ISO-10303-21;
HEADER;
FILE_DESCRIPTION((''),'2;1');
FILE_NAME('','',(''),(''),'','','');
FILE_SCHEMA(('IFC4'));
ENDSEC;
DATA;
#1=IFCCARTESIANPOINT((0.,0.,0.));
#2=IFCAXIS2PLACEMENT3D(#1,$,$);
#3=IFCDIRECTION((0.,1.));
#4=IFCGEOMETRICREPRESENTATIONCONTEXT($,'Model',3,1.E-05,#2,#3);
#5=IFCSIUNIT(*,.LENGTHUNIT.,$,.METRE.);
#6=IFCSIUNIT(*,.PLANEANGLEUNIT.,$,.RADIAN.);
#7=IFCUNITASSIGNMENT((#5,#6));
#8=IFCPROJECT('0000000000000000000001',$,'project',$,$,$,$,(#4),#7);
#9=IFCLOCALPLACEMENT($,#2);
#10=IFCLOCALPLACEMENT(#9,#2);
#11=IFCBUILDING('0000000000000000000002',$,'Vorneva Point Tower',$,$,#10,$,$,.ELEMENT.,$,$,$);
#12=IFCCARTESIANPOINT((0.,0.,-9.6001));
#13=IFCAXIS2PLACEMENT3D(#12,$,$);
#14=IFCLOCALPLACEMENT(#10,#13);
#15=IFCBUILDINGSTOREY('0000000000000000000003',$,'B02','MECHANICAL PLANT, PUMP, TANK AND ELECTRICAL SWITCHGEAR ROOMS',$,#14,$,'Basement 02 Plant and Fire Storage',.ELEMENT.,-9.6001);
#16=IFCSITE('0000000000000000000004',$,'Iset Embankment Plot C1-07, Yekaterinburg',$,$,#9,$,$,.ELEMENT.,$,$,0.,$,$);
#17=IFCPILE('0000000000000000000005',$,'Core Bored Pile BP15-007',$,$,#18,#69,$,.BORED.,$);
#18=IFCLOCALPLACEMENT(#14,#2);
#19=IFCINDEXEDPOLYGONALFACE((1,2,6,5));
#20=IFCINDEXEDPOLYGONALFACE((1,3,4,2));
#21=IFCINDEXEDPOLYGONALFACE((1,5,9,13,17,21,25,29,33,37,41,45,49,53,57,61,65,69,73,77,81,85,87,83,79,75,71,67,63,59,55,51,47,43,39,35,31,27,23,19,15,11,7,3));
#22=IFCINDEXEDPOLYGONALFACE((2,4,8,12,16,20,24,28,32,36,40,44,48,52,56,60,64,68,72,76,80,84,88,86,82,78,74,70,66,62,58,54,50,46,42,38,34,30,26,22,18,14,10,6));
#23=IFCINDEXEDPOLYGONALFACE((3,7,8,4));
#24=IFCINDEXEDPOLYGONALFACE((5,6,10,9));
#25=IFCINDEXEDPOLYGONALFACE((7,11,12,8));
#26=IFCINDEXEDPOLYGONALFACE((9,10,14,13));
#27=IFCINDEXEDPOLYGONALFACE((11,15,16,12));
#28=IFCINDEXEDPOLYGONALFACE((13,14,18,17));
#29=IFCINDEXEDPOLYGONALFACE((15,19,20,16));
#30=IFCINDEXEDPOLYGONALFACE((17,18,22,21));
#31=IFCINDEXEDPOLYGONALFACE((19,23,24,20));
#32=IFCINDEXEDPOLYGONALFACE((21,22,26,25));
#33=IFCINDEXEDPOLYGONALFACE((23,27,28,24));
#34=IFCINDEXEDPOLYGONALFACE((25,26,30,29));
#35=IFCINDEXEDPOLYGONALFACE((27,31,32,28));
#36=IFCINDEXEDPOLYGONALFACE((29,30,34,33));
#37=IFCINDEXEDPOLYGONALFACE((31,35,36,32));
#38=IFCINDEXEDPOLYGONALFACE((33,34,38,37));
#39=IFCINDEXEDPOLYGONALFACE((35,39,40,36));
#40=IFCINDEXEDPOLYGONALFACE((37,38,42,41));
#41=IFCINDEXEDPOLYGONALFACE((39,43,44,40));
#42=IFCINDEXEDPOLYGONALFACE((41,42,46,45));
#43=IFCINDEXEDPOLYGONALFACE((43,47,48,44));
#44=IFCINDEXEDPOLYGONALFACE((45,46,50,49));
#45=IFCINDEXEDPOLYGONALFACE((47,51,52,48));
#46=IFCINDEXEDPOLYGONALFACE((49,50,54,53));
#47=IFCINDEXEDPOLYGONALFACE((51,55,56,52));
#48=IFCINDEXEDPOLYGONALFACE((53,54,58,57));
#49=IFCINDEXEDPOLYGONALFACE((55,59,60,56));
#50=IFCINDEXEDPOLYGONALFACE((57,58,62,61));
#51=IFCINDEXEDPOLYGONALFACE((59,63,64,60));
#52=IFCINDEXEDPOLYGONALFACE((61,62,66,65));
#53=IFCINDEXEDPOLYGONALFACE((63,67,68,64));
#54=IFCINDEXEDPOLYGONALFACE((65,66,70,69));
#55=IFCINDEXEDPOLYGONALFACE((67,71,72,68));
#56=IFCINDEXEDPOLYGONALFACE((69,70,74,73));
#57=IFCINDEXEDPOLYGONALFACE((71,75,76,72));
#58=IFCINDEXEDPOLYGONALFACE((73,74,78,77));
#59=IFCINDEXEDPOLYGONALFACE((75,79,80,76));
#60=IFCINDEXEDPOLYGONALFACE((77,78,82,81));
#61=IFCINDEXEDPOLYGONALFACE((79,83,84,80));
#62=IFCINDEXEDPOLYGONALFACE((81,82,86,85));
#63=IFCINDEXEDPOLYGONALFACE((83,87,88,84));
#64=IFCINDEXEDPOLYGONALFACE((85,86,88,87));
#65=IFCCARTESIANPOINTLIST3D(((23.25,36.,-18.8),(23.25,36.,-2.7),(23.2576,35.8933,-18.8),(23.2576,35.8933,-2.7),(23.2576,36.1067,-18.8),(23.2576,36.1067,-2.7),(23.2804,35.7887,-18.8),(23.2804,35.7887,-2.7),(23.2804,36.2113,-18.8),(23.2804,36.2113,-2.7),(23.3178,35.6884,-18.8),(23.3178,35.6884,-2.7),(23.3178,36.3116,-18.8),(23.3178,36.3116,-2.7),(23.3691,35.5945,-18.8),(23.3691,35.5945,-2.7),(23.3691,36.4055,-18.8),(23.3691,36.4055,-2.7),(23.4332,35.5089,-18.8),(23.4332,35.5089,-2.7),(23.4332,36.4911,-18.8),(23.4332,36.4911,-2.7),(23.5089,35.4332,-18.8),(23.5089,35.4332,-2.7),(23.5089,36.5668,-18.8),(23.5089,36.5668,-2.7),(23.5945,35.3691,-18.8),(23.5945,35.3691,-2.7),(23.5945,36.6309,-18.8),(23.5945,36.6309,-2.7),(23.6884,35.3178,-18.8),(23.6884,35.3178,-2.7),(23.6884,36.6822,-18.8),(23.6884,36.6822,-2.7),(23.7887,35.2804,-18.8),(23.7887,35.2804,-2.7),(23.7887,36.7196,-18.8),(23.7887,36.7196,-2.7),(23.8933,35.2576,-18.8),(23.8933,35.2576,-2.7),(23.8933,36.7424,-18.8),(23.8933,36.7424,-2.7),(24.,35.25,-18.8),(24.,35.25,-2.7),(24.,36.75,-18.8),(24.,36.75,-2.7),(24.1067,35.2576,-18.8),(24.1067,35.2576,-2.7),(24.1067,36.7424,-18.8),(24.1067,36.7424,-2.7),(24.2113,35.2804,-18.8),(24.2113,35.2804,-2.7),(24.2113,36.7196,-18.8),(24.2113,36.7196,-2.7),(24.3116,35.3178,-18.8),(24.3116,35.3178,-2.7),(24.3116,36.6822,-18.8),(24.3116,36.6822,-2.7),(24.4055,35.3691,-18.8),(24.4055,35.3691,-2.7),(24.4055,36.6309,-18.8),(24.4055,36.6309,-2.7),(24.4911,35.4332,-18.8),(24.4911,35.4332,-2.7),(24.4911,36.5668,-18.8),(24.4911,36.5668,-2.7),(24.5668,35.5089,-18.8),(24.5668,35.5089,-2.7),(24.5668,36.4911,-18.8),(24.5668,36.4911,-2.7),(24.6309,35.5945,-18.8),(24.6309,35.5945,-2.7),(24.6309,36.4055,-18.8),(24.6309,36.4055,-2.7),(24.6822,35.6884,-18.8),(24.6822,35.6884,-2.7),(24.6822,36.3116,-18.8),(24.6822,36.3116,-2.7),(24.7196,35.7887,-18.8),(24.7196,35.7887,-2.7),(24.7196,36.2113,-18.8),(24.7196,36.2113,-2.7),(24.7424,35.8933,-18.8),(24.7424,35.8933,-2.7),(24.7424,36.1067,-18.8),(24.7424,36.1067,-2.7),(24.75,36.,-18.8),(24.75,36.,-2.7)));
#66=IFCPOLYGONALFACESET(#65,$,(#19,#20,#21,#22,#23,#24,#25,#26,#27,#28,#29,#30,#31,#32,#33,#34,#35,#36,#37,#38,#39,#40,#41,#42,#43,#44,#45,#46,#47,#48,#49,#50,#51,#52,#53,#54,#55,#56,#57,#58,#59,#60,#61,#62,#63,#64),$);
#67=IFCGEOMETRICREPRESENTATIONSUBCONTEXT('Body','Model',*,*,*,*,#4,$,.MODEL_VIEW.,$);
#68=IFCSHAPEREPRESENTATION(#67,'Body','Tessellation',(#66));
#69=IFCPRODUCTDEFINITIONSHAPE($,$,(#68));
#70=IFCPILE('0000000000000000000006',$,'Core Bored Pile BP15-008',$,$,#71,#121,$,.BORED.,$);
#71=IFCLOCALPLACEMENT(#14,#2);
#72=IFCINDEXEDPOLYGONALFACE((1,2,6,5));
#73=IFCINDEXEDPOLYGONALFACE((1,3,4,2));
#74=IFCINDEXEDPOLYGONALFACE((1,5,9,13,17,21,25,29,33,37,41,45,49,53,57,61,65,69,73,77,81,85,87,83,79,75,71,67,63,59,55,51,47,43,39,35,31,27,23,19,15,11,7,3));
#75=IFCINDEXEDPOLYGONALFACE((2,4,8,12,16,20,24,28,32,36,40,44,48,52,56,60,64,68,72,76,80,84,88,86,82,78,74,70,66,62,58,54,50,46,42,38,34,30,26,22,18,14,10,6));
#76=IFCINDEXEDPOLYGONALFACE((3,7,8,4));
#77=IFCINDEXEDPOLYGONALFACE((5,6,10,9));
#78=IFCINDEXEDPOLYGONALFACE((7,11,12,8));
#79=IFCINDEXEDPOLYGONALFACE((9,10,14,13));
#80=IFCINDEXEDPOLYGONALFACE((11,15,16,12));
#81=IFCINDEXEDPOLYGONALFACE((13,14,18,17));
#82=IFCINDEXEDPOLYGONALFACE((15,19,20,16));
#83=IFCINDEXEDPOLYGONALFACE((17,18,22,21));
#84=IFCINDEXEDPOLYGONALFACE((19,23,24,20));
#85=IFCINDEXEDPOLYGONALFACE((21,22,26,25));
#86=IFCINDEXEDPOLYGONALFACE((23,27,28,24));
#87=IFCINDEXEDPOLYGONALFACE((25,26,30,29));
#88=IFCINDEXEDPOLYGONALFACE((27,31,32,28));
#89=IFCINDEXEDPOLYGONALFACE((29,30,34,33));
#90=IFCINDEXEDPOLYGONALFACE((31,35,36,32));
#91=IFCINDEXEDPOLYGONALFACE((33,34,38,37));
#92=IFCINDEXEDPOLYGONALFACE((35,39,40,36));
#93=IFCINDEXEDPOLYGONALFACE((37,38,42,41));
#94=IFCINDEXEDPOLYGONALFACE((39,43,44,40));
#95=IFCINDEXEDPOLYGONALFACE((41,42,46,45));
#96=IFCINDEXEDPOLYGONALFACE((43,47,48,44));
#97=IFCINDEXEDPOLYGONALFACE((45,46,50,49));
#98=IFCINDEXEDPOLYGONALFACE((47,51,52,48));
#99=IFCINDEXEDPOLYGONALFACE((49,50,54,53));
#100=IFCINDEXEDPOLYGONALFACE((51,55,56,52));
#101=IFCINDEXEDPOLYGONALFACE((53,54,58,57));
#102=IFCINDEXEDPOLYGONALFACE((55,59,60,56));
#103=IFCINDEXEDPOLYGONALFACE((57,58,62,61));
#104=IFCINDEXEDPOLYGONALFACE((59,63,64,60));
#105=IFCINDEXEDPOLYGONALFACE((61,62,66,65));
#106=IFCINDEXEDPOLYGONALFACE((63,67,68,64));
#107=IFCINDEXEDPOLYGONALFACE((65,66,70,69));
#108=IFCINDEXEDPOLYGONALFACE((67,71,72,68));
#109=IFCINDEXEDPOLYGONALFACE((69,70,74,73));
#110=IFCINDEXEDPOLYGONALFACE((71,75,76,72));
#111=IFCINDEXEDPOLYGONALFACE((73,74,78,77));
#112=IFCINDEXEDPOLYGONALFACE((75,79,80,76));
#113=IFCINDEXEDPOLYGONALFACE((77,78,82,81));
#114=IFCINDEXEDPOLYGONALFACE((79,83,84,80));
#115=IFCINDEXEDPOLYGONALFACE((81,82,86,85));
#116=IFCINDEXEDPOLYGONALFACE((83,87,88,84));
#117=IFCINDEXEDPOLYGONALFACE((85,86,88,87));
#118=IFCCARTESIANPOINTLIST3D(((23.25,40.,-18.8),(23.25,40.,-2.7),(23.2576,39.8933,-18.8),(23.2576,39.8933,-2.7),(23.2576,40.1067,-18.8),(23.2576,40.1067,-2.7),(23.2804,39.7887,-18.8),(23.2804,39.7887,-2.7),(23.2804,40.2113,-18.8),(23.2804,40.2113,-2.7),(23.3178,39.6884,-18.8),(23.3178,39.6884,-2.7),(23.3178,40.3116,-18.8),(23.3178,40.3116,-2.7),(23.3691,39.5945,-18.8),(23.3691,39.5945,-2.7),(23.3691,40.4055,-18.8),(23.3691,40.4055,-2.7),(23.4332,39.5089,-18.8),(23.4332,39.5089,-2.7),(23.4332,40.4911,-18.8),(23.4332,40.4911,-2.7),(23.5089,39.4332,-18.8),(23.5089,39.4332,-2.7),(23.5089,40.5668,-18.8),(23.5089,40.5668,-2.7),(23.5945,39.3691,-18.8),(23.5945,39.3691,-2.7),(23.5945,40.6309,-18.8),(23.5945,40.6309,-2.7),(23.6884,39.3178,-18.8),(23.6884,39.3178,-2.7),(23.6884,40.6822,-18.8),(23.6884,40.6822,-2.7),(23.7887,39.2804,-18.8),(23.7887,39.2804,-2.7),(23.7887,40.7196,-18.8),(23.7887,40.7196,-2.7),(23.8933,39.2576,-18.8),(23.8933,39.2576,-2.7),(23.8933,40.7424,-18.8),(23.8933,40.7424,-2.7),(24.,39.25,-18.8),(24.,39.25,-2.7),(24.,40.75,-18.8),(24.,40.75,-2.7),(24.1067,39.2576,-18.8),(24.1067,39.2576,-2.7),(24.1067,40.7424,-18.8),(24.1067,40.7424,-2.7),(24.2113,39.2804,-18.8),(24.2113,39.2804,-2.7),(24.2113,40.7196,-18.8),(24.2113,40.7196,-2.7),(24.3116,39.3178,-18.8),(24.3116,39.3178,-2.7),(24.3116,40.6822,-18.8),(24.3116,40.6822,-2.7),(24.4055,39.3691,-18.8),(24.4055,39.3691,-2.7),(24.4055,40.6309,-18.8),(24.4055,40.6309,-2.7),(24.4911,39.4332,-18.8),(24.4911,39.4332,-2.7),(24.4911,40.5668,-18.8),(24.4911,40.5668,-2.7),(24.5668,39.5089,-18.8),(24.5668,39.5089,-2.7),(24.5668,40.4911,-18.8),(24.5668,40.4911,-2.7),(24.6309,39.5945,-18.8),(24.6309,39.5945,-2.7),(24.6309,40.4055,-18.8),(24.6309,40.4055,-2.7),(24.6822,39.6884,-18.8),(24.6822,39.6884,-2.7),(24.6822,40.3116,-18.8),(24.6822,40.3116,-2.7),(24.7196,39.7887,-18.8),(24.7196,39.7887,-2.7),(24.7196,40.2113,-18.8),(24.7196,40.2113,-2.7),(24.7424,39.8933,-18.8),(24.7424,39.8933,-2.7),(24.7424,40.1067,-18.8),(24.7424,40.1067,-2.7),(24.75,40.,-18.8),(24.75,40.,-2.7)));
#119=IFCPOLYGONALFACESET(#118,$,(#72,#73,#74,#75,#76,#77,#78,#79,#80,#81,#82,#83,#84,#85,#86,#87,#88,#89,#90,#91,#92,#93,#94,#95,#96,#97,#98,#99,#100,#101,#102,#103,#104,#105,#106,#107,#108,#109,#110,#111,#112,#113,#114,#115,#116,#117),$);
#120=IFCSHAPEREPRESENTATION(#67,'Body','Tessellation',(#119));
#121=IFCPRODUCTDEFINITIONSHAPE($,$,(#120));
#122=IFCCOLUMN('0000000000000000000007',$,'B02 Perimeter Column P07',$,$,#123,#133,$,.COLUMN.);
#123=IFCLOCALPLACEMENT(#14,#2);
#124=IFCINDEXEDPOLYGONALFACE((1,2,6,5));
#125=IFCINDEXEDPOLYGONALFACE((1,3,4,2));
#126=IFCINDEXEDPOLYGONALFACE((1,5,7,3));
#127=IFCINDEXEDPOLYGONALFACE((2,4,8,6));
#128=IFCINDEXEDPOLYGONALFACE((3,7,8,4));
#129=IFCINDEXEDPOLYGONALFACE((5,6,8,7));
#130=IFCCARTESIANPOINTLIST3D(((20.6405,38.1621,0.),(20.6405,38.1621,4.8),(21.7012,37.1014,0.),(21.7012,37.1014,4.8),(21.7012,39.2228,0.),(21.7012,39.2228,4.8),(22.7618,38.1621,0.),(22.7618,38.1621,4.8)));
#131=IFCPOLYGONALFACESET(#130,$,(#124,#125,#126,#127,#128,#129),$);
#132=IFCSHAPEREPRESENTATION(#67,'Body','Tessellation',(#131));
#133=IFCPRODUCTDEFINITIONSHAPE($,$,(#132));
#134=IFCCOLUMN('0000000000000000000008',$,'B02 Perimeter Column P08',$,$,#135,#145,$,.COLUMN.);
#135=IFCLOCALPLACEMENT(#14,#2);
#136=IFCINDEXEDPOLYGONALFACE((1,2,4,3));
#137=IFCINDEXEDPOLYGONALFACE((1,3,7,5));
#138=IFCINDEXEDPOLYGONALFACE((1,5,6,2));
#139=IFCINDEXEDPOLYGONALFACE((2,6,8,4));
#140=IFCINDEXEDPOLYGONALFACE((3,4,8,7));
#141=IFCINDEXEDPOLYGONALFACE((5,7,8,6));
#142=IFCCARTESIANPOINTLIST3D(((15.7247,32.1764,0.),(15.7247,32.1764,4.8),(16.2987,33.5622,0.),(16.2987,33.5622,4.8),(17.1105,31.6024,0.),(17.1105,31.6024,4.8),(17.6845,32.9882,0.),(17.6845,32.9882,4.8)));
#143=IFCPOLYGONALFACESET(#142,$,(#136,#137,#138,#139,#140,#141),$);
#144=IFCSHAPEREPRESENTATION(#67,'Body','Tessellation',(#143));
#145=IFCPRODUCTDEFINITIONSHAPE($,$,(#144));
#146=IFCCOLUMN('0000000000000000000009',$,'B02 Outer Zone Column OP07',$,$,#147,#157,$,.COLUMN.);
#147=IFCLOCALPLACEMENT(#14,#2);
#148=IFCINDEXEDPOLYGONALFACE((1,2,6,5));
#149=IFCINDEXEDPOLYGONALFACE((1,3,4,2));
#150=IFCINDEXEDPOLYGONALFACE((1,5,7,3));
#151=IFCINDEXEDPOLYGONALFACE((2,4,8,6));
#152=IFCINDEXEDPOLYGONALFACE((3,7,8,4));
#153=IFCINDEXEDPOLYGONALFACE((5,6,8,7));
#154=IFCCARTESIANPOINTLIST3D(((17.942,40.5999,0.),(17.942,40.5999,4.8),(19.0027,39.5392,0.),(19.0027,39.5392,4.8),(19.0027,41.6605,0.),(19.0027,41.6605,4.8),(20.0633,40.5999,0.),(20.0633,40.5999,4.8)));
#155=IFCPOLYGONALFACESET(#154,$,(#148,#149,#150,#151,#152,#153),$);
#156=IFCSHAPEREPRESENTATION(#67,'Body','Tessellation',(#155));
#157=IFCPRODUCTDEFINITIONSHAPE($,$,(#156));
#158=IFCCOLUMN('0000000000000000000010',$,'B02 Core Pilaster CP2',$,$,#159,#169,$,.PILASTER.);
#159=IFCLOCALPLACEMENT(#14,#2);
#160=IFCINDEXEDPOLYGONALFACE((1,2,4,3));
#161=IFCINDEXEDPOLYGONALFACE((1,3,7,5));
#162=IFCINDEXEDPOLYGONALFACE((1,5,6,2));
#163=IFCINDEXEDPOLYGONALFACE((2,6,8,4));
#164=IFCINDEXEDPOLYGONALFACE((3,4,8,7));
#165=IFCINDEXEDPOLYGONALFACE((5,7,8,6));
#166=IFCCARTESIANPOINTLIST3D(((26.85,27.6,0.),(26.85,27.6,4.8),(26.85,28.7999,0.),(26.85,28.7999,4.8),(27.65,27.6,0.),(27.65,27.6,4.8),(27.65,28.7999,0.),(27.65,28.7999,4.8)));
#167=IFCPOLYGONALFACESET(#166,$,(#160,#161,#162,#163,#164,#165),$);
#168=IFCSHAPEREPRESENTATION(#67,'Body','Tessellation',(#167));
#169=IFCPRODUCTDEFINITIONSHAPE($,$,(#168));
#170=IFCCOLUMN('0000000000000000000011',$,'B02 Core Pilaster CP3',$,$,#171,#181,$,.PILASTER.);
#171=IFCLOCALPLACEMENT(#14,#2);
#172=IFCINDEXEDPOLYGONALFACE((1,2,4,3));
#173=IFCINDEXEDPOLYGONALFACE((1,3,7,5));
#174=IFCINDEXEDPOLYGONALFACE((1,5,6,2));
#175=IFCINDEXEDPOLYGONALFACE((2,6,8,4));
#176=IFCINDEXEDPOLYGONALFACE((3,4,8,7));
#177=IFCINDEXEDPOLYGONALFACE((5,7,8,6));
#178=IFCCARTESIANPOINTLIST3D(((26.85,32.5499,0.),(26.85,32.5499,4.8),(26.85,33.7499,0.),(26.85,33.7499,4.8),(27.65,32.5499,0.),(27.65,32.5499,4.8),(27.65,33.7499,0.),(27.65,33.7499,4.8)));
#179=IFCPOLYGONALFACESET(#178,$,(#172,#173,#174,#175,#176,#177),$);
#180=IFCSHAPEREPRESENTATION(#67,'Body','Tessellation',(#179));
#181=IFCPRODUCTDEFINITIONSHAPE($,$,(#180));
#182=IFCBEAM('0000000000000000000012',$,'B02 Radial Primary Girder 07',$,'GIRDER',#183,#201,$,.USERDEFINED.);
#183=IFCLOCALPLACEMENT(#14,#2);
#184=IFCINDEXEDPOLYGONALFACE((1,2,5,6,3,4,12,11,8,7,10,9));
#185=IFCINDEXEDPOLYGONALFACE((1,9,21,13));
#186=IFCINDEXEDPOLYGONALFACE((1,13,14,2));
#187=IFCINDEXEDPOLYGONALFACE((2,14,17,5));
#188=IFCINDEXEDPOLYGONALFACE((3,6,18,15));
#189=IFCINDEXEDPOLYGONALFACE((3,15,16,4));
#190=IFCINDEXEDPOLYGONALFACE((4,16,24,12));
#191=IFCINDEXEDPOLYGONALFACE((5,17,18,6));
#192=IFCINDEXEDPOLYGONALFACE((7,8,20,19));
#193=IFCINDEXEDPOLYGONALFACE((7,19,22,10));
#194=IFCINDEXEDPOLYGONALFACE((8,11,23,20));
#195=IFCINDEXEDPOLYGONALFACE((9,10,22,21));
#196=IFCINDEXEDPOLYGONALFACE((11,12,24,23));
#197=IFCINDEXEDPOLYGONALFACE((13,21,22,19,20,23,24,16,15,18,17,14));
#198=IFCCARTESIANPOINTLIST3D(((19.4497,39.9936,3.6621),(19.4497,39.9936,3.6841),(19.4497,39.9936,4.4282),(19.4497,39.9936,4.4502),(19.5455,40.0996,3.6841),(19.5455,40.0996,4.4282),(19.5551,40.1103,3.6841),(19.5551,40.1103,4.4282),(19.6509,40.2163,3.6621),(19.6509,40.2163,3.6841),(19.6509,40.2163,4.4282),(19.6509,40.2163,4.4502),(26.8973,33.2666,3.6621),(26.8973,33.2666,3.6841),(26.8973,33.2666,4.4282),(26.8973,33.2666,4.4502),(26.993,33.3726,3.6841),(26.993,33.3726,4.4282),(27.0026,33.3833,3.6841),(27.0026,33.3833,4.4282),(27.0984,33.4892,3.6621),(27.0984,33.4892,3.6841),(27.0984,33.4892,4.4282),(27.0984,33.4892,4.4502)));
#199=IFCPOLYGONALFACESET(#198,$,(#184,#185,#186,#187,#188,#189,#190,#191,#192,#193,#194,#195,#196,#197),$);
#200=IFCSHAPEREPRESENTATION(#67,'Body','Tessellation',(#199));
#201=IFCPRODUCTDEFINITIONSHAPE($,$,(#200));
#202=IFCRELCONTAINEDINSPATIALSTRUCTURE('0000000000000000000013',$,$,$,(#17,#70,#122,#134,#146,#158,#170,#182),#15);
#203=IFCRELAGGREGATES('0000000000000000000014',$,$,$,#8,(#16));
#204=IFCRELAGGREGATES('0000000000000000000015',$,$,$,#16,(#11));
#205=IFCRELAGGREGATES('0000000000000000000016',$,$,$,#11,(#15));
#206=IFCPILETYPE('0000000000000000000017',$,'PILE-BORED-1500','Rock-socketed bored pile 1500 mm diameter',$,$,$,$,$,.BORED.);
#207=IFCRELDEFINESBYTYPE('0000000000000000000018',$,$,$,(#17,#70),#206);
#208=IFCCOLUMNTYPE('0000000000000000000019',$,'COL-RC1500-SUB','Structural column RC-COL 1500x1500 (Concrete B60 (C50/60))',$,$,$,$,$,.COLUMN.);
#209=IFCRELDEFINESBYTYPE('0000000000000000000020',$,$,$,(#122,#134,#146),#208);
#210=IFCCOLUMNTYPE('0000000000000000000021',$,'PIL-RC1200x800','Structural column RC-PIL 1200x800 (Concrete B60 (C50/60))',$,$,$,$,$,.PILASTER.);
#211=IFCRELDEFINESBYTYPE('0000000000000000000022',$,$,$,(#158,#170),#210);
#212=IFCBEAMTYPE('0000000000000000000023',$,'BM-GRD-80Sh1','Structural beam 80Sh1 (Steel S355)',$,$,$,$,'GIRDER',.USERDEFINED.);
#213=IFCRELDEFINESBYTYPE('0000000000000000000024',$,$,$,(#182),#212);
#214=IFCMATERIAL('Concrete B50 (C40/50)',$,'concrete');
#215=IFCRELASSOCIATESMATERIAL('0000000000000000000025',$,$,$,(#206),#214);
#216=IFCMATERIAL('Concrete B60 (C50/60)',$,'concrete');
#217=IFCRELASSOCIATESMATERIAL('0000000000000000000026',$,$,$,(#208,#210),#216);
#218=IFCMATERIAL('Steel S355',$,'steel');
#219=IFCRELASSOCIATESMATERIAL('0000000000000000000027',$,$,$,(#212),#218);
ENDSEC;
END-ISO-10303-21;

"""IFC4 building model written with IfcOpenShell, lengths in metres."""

from ifc_helpers import new_model, si_unit, direction, frame, origin, origin_2d, place, context, subcontext, project, spatial, rectangle, circle, i_section, extrude, material, material_profile, profile_set, type_object, element, save


model = new_model("IFC4")

# Units and contexts
model_context = context("Model", 3, precision=1e-05, world=origin(), true_north=direction((0.0, 1.0)))
body_context = subcontext(model_context, "Body", "Model", "MODEL_VIEW")
ifc_project = project(units=[si_unit("LENGTHUNIT", "METRE"), si_unit("PLANEANGLEUNIT", "RADIAN")], contexts=[model_context])

# Site, building, storey
site_placement = place(None, origin())
site = spatial("IfcSite", under=ifc_project, at=site_placement, Name="Iset Embankment Plot C1-07, Yekaterinburg", CompositionType="ELEMENT", RefElevation=0.0)
building_placement = place(site_placement, origin())
building = spatial("IfcBuilding", under=site, at=building_placement, Name="Vorneva Point Tower", CompositionType="ELEMENT")
storey_placement = place(building_placement, frame((0.0, 0.0, -9.6001)))
storey = spatial("IfcBuildingStorey", under=building, at=storey_placement, Name="B02", Description="MECHANICAL PLANT, PUMP, TANK AND ELECTRICAL SWITCHGEAR ROOMS", LongName="Basement 02 Plant and Fire Storage", CompositionType="ELEMENT", Elevation=-9.6001)

# Piles
ifc_material_1 = material(Name="Concrete B50 (C40/50)", Category="concrete")
ifc_material_profile_1 = material_profile(ifc_material_1, circle(Radius=0.75, at=origin_2d()), Name="PILE-1500")
ifc_profile_set_1 = profile_set([ifc_material_profile_1], Name="Concrete B50 (C40/50)")
pile_type_1 = type_object("IfcPileType", Name="PILE-BORED-1500", Description="Rock-socketed bored pile 1500 mm diameter", PredefinedType="BORED", material=ifc_profile_set_1)
for number, where, z_axis, x_axis, name in (
    (1, (24.0, 36.0, -2.7), (0.0, 0.0, -1.0), (1.0, 0.0, 0.0), "Core Bored Pile BP15-007"),
    (2, (24.0, 40.0, -2.7), (0.0, 0.0, -1.0), (1.0, 0.0, 0.0), "Core Bored Pile BP15-008"),
):
    element("IfcPile", number, at=place(storey_placement, frame(where, z_axis=z_axis, x_axis=x_axis)), inside=storey, type_object=pile_type_1, Name=name, PredefinedType="BORED", context=body_context, shape_type="SweptSolid", body=[
        extrude(circle(Radius=0.75, at=origin_2d()), origin(), (0.0, 0.0, 1.0), 16.1001),
    ])

# Columns
ifc_material_2 = material(Name="Concrete B60 (C50/60)", Category="concrete")
ifc_material_profile_2 = material_profile(ifc_material_2, rectangle(XDim=1.5, YDim=1.5, at=origin_2d()), Name="RC-COL 1500x1500")
ifc_profile_set_2 = profile_set([ifc_material_profile_2], Name="Concrete B60 (C50/60)")
column_type_1 = type_object("IfcColumnType", Name="COL-RC1500-SUB", Description="Structural column RC-COL 1500x1500 (Concrete B60 (C50/60))", PredefinedType="COLUMN", material=ifc_profile_set_2)
for number, where, z_axis, x_axis, name in (
    (3, (21.7012, 38.1621, 0.0), (0.0, 0.0, 1.0), (-0.707107, 0.707107, 0.0), "B02 Perimeter Column P07"),
    (4, (16.7046, 32.5823, 0.0), (0.0, 0.0, 1.0), (-0.92388, 0.382683, 0.0), "B02 Perimeter Column P08"),
    (5, (19.0027, 40.5999, 0.0), (0.0, 0.0, 1.0), (-0.707107, 0.707107, 0.0), "B02 Outer Zone Column OP07"),
):
    element("IfcColumn", number, at=place(storey_placement, frame(where, z_axis=z_axis, x_axis=x_axis)), inside=storey, type_object=column_type_1, Name=name, PredefinedType="COLUMN", context=body_context, shape_type="SweptSolid", body=[
        extrude(rectangle(XDim=1.5, YDim=1.5, at=origin_2d()), origin(), (0.0, 0.0, 1.0), 4.8),
    ])
ifc_material_profile_3 = material_profile(ifc_material_2, rectangle(XDim=0.8, YDim=1.2, at=origin_2d()), Name="RC-PIL 1200x800")
ifc_profile_set_3 = profile_set([ifc_material_profile_3], Name="Concrete B60 (C50/60)")
column_type_2 = type_object("IfcColumnType", Name="PIL-RC1200x800", Description="Structural column RC-PIL 1200x800 (Concrete B60 (C50/60))", PredefinedType="PILASTER", material=ifc_profile_set_3)
for number, where, z_axis, x_axis, name in (
    (6, (27.25, 28.2, 0.0), (0.0, 0.0, 1.0), (1.0, 0.0, 0.0), "B02 Core Pilaster CP2"),
    (7, (27.25, 33.1499, 0.0), (0.0, 0.0, 1.0), (1.0, 0.0, 0.0), "B02 Core Pilaster CP3"),
):
    element("IfcColumn", number, at=place(storey_placement, frame(where, z_axis=z_axis, x_axis=x_axis)), inside=storey, type_object=column_type_2, Name=name, PredefinedType="PILASTER", context=body_context, shape_type="SweptSolid", body=[
        extrude(rectangle(XDim=0.8, YDim=1.2, at=origin_2d()), origin(), (0.0, 0.0, 1.0), 4.8),
    ])

# Beam
ifc_material_3 = material(Name="Steel S355", Category="steel")
ifc_material_profile_4 = material_profile(ifc_material_3, i_section(OverallWidth=0.3, OverallDepth=0.7881, WebThickness=0.0144, FlangeThickness=0.022, at=origin_2d()), Name="80Sh1")
ifc_profile_set_4 = profile_set([ifc_material_profile_4], Name="Steel S355")
beam_type_1 = type_object("IfcBeamType", Name="BM-GRD-80Sh1", Description="Structural beam 80Sh1 (Steel S355)", ElementType="GIRDER", PredefinedType="USERDEFINED", material=ifc_profile_set_4)
beam_1_placement = place(storey_placement, frame((19.5503, 40.105, 4.0562), z_axis=(0.742089, -0.670301, 0.0), x_axis=(0.670301, 0.742089, 0.0)))
element("IfcBeam", 8, at=beam_1_placement, inside=storey, type_object=beam_type_1, Name="B02 Radial Primary Girder 07", ObjectType="GIRDER", PredefinedType="USERDEFINED", context=body_context, shape_type="SweptSolid", body=[
    extrude(i_section(OverallWidth=0.3, OverallDepth=0.7881, WebThickness=0.0144, FlangeThickness=0.022, at=origin_2d()), origin(), (0.0, 0.0, 1.0), 10.0359),
])

save(model, "model.ifc")
